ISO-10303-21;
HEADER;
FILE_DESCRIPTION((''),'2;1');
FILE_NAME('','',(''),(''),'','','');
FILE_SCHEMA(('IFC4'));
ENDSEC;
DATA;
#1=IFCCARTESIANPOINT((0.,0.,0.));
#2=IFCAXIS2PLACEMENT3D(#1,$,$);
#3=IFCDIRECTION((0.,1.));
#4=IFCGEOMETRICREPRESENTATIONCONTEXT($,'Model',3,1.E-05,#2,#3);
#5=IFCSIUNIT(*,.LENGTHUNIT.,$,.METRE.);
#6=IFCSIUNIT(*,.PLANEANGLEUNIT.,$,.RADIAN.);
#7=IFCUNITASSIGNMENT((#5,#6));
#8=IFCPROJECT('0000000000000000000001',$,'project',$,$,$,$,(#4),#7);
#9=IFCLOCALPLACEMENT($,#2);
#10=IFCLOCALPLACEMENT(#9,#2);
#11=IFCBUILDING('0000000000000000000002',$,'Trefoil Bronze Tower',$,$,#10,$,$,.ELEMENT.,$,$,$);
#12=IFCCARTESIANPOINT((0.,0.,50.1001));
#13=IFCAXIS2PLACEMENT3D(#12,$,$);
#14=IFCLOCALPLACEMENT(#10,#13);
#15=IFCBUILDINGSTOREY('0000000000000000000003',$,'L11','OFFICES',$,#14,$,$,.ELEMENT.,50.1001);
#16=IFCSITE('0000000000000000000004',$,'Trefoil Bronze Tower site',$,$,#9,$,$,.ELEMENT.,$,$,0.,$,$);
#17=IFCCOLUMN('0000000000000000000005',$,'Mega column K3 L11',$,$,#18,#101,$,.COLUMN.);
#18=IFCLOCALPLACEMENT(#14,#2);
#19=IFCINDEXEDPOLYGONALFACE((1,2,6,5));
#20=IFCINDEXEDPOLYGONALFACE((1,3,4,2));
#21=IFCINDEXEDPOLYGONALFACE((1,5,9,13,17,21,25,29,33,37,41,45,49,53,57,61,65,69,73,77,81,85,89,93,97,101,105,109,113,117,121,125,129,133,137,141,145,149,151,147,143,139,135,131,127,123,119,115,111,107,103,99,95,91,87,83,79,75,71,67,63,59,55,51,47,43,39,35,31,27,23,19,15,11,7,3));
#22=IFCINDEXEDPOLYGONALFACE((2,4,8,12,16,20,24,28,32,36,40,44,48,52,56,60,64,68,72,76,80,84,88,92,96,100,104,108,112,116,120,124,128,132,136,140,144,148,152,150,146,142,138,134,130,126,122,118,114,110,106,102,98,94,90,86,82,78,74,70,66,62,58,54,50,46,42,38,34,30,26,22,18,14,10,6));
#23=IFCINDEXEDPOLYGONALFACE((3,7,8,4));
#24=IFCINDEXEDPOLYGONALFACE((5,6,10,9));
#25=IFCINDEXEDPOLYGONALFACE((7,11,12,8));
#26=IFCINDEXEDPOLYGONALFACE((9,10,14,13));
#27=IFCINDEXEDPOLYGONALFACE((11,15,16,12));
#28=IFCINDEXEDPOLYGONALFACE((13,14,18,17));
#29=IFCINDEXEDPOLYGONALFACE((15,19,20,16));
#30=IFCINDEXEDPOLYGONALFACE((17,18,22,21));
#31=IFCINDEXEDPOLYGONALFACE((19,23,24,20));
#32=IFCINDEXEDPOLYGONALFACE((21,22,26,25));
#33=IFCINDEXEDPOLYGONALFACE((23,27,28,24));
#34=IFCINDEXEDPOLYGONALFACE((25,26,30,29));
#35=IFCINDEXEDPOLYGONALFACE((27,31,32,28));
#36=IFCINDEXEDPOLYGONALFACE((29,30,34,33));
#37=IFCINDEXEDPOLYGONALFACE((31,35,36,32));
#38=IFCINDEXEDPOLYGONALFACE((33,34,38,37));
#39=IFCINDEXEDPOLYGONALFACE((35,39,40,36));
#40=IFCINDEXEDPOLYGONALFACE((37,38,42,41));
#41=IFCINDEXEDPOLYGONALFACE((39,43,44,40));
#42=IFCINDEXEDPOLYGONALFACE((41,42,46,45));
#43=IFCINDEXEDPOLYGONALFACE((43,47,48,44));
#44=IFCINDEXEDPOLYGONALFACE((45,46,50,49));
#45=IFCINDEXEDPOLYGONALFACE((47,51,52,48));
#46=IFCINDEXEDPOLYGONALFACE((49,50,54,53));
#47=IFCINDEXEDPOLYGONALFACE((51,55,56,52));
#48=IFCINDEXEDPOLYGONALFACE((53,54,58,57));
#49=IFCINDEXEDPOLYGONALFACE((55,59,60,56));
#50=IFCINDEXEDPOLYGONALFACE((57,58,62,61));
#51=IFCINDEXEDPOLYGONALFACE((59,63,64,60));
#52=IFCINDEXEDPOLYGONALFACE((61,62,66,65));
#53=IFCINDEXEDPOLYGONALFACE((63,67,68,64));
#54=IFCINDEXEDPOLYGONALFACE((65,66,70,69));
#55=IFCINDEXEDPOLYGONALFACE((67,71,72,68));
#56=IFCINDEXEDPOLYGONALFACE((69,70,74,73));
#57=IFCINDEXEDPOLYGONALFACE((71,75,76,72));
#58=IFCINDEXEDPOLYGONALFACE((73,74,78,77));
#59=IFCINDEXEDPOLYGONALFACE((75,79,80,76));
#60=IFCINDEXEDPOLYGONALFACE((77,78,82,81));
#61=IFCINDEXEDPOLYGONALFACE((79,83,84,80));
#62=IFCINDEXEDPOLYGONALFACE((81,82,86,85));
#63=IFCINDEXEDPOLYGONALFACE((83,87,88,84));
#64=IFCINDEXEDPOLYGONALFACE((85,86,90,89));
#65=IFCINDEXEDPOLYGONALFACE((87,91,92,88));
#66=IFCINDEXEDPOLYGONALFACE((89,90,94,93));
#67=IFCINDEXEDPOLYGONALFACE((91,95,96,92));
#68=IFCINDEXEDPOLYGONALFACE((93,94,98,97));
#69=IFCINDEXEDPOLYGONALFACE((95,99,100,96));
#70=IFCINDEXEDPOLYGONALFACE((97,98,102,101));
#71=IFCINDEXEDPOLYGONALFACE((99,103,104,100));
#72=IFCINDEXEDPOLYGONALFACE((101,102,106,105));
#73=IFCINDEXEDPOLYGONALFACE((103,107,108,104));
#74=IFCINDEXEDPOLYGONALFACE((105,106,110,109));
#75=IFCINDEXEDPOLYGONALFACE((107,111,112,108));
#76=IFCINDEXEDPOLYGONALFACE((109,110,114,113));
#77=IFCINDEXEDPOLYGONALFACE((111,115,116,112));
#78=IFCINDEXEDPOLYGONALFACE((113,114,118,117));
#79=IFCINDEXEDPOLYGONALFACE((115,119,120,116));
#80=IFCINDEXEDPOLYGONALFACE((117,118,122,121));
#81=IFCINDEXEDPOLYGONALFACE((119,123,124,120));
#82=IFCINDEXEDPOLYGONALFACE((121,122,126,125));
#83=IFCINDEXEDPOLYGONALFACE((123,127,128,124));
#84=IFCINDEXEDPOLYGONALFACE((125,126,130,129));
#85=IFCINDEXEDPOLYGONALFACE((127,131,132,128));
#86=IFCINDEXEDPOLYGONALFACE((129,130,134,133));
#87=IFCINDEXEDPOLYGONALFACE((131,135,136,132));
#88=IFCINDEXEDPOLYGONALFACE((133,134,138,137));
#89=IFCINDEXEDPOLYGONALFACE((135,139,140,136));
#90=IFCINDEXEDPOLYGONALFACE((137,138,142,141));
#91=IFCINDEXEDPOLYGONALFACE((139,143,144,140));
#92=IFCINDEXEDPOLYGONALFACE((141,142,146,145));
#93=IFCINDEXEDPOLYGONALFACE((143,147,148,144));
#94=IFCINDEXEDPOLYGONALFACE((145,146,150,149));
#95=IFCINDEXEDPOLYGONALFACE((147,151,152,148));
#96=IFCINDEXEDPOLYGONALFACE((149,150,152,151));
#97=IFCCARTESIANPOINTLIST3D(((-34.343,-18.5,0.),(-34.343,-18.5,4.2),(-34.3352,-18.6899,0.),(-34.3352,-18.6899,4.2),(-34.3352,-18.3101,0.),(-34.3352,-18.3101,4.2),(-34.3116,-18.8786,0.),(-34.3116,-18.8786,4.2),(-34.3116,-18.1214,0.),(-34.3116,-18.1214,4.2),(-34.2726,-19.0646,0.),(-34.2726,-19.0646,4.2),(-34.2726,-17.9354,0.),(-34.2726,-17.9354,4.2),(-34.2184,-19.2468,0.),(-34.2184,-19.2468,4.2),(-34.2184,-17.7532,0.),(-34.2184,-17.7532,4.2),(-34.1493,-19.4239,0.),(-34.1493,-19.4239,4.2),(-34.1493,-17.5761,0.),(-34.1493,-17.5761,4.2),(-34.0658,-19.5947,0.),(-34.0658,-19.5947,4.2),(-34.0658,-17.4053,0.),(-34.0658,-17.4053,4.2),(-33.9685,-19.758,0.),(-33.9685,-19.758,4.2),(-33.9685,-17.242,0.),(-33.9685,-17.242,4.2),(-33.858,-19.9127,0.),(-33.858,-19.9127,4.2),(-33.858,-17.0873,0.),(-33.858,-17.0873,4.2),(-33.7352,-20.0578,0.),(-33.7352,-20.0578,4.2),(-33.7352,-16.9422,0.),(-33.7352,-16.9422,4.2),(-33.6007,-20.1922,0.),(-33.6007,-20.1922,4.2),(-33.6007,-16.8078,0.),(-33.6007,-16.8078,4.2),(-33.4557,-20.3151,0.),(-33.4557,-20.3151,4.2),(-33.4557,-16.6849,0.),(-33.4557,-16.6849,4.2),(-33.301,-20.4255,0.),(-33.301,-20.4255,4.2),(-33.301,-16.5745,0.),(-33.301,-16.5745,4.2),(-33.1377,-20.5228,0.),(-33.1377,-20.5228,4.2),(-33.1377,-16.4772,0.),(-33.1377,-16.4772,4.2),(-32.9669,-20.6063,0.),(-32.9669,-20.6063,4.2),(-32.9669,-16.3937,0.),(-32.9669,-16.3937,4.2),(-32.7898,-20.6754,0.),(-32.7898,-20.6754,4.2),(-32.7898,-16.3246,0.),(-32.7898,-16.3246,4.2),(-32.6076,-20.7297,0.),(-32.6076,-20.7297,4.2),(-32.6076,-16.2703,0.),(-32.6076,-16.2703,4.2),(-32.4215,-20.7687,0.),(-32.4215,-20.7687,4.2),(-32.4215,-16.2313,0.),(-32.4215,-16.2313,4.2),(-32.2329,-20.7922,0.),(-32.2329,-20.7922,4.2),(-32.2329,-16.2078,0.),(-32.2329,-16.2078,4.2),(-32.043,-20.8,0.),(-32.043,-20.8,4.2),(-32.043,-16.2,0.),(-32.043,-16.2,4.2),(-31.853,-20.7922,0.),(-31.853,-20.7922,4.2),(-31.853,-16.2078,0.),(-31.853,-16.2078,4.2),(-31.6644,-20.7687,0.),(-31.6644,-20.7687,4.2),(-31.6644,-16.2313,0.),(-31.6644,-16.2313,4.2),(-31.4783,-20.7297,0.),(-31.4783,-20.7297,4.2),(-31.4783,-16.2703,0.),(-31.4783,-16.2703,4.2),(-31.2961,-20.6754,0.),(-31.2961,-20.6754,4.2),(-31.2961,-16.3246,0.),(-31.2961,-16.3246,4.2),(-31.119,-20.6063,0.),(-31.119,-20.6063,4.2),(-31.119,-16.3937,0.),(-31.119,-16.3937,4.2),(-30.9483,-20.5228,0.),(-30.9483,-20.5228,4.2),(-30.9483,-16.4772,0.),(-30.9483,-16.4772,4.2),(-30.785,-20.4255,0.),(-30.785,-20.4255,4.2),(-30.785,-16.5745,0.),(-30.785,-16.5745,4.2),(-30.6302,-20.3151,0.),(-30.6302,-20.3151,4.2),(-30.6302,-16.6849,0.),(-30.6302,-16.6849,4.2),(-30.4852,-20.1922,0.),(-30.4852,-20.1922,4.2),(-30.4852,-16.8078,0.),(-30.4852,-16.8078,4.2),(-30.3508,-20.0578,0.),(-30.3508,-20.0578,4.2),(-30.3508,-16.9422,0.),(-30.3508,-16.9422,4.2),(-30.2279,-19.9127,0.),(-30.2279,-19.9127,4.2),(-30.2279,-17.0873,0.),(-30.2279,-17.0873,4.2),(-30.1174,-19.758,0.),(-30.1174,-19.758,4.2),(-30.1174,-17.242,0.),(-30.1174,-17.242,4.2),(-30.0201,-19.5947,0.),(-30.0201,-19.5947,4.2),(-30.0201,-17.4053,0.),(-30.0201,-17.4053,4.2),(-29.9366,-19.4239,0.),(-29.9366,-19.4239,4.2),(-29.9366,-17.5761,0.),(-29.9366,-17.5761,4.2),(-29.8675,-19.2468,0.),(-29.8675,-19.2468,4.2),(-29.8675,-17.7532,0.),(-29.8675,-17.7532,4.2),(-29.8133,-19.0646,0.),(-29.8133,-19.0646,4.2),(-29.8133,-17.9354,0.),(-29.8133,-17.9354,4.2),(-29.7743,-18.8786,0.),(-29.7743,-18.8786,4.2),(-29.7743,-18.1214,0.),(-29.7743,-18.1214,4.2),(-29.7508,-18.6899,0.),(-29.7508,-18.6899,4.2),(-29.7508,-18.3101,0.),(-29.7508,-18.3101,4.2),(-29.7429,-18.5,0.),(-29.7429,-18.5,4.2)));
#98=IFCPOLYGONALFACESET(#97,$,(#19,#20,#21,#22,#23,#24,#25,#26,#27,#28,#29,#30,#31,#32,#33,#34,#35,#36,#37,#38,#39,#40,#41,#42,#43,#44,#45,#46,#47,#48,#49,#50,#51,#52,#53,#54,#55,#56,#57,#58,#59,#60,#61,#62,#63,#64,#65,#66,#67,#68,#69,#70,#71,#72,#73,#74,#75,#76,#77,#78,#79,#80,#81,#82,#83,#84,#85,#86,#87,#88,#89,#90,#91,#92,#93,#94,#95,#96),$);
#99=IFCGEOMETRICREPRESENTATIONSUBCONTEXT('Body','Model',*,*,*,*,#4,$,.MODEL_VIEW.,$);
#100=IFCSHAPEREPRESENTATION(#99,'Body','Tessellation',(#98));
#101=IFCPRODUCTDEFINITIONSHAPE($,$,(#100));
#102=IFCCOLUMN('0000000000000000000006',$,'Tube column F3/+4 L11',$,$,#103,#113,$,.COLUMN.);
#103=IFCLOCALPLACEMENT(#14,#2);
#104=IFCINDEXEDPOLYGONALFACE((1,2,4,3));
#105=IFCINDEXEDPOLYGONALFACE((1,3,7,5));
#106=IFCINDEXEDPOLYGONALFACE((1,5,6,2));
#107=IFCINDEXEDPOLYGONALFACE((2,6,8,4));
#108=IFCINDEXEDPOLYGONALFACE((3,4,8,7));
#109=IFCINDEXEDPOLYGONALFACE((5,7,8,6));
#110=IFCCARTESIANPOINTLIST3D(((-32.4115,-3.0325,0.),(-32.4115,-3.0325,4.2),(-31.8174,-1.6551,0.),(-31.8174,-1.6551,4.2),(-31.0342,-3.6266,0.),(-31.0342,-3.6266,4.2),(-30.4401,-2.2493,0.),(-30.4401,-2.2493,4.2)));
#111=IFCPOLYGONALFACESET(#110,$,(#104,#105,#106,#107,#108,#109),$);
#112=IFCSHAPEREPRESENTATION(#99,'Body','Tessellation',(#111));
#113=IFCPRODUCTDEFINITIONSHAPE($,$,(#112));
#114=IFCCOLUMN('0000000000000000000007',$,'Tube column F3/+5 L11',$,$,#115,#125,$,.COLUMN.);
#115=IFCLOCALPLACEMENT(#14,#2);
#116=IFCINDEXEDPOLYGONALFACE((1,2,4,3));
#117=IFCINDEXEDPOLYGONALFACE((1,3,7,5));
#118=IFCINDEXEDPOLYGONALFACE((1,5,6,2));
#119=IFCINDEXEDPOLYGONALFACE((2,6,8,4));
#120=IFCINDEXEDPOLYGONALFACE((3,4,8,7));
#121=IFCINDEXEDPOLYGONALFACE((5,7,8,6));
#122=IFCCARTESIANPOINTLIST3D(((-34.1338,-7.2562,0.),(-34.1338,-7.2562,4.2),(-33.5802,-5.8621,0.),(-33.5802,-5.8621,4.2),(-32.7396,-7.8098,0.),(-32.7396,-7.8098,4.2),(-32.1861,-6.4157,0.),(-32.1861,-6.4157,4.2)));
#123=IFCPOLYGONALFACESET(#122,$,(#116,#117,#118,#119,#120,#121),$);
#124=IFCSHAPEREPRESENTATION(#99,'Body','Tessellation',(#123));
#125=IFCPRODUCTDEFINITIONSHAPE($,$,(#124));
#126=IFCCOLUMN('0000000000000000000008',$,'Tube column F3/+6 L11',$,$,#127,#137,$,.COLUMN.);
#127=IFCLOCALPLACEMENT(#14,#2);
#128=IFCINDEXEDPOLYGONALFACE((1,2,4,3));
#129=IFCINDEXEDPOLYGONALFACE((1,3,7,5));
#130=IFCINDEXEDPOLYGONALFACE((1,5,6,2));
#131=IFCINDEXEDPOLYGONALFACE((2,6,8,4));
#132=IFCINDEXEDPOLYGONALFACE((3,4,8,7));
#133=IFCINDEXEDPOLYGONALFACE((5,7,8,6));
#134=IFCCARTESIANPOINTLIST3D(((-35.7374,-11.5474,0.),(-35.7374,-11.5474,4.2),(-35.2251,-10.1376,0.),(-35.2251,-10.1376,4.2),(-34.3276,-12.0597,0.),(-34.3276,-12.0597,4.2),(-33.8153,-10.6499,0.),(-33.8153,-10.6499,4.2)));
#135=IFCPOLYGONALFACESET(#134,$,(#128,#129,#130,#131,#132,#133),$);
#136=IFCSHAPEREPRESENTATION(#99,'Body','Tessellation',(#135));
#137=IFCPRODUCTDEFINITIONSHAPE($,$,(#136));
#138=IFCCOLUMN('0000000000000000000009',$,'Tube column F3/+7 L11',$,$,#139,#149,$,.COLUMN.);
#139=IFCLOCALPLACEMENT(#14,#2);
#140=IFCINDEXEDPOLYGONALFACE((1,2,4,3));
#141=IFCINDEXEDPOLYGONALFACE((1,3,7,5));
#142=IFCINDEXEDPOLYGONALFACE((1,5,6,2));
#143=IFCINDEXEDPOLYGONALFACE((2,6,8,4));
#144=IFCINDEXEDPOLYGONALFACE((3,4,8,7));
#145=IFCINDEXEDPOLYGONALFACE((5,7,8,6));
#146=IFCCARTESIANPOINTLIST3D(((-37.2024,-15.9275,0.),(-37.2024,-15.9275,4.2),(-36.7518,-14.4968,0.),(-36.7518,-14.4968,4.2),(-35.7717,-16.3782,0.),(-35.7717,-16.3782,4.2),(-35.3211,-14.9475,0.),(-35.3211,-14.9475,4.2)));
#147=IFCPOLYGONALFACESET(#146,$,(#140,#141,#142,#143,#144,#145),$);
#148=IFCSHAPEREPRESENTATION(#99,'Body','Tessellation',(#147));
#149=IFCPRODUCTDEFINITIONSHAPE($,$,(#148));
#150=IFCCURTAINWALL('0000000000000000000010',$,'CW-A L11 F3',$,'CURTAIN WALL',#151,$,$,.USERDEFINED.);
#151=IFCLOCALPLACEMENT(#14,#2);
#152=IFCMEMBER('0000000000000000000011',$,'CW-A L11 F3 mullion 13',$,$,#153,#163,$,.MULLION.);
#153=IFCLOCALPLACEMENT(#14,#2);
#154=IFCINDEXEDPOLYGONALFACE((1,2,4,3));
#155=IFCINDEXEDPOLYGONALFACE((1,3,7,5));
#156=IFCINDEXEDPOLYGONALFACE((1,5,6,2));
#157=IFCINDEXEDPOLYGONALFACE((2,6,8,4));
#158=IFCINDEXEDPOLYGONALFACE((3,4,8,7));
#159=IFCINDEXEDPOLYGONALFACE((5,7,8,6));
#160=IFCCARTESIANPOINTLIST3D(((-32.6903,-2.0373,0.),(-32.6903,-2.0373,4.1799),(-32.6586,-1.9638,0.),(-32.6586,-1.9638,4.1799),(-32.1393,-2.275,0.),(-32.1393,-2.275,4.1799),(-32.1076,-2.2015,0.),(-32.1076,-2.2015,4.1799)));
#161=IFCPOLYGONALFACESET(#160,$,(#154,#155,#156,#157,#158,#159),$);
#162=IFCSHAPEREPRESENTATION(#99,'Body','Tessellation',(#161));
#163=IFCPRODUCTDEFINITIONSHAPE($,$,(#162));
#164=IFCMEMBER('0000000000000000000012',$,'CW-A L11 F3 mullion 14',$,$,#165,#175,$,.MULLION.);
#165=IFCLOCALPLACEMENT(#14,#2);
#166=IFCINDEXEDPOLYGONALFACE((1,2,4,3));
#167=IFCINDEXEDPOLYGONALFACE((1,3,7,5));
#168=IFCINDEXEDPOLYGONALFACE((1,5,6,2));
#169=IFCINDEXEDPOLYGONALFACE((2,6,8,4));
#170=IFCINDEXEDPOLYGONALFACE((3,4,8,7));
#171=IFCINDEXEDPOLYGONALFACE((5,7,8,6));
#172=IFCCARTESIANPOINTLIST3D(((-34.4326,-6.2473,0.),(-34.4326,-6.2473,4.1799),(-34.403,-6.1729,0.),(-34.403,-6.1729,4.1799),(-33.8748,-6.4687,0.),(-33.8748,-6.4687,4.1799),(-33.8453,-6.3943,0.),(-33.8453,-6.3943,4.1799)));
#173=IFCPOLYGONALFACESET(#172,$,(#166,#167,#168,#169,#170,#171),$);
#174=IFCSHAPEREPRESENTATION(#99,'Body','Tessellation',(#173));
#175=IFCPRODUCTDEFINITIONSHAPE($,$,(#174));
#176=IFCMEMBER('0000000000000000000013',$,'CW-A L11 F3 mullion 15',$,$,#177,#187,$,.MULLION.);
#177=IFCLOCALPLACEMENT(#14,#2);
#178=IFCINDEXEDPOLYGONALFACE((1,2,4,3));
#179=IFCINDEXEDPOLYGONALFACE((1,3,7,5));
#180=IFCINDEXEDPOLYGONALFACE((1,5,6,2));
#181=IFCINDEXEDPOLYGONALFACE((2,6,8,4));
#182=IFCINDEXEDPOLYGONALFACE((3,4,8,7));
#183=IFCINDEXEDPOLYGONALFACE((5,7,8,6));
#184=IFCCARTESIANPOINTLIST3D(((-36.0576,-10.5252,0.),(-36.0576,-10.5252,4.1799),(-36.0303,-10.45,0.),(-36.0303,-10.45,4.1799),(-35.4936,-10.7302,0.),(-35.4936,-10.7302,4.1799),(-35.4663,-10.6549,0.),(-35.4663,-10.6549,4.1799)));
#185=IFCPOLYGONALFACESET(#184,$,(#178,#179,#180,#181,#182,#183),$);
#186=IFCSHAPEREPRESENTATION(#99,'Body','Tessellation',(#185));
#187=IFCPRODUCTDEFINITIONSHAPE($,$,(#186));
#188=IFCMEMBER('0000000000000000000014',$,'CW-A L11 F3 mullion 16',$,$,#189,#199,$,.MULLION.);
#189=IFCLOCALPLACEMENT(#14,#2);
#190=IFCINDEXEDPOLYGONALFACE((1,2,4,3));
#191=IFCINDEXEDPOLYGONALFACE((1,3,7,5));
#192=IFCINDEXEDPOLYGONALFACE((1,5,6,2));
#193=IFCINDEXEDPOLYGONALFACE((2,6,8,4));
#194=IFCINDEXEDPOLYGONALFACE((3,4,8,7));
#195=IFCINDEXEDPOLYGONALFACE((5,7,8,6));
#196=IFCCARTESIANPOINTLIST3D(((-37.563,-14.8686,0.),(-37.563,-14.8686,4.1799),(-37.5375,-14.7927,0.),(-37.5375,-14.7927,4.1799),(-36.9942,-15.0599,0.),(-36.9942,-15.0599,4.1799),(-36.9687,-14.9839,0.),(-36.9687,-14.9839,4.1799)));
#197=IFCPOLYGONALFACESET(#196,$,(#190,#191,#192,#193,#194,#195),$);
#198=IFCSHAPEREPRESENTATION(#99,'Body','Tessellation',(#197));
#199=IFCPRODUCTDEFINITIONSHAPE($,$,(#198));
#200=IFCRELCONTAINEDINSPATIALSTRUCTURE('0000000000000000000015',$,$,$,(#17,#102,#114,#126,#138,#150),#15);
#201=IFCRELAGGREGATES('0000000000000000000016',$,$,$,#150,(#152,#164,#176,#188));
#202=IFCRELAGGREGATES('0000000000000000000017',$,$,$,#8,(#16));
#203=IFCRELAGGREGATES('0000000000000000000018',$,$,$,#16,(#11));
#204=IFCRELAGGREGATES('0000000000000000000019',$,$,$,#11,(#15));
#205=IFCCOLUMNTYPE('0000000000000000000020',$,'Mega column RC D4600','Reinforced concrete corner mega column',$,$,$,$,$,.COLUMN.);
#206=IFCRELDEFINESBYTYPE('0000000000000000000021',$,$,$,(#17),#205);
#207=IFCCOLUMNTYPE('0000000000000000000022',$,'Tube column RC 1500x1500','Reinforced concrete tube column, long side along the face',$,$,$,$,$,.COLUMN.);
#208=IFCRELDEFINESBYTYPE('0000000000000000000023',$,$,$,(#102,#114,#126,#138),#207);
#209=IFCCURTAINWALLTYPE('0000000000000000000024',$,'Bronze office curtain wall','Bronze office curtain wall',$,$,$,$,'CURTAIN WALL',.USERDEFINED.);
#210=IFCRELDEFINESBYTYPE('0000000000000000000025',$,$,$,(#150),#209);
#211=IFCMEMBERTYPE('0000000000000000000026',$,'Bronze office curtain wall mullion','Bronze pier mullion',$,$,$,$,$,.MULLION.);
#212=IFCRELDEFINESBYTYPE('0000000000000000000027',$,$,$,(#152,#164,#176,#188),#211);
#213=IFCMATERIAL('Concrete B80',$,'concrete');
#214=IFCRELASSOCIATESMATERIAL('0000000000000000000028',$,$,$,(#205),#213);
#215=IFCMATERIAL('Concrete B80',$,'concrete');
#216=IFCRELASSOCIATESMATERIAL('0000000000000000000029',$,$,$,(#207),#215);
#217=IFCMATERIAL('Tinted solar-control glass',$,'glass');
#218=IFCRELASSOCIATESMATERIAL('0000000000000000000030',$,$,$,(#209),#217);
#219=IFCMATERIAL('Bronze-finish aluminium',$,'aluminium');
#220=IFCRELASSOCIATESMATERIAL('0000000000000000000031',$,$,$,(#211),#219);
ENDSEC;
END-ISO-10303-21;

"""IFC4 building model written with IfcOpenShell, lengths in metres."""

from ifc_helpers import new_model, si_unit, direction, frame, origin, origin_2d, place, context, subcontext, project, spatial, rectangle, circle, extrude, material, material_profile, profile_set, type_object, element, aggregate, save


model = new_model("IFC4")

# Units and contexts
model_context = context("Model", 3, precision=1e-05, world=origin(), true_north=direction((0.0, 1.0)))
body_context = subcontext(model_context, "Body", "Model", "MODEL_VIEW")
ifc_project = project(units=[si_unit("LENGTHUNIT", "METRE"), si_unit("PLANEANGLEUNIT", "RADIAN")], contexts=[model_context])

# Site, building, storey
site_placement = place(None, origin())
site = spatial("IfcSite", under=ifc_project, at=site_placement, Name="Trefoil Bronze Tower site", CompositionType="ELEMENT", RefElevation=0.0)
building_placement = place(site_placement, origin())
building = spatial("IfcBuilding", under=site, at=building_placement, Name="Trefoil Bronze Tower", CompositionType="ELEMENT")
storey_placement = place(building_placement, frame((0.0, 0.0, 50.1001)))
storey = spatial("IfcBuildingStorey", under=building, at=storey_placement, Name="L11", Description="OFFICES", CompositionType="ELEMENT", Elevation=50.1001)

# Columns
ifc_material_1 = material(Name="Concrete B80", Category="concrete")
ifc_material_profile_1 = material_profile(ifc_material_1, circle(Radius=2.3, at=origin_2d()), Name="RC D4600")
ifc_profile_set_1 = profile_set([ifc_material_profile_1], Name="Concrete B80")
column_type_1 = type_object("IfcColumnType", Name="Mega column RC D4600", Description="Reinforced concrete corner mega column", PredefinedType="COLUMN", material=ifc_profile_set_1)
column_placement = place(storey_placement, frame((-32.043, -18.5, 0.0), z_axis=(0.0, 0.0, 1.0), x_axis=(1.0, 0.0, 0.0)))
element("IfcColumn", 1, at=column_placement, inside=storey, type_object=column_type_1, Name="Mega column K3 L11", PredefinedType="COLUMN", context=body_context, shape_type="SweptSolid", body=[
    extrude(circle(Radius=2.3, at=origin_2d()), origin(), (0.0, 0.0, 1.0), 4.2),
])
ifc_material_2 = material(Name="Concrete B80", Category="concrete")
ifc_material_profile_2 = material_profile(ifc_material_2, rectangle(XDim=1.5, YDim=1.5, at=origin_2d()), Name="RC 1500x1500")
ifc_profile_set_2 = profile_set([ifc_material_profile_2], Name="Concrete B80")
column_type_2 = type_object("IfcColumnType", Name="Tube column RC 1500x1500", Description="Reinforced concrete tube column, long side along the face", PredefinedType="COLUMN", material=ifc_profile_set_2)
for number, where, z_axis, x_axis, name in (
    (2, (-31.4258, -2.6409, 0.0), (0.0, 0.0, 1.0), (-0.396085, -0.918214, 0.0), "Tube column F3/+4 L11"),
    (3, (-33.1599, -6.8359, 0.0), (0.0, 0.0, 1.0), (-0.36904, -0.929414, 0.0), "Tube column F3/+5 L11"),
    (4, (-34.7764, -11.0986, 0.0), (0.0, 0.0, 1.0), (-0.341559, -0.93986, 0.0), "Tube column F3/+6 L11"),
    (5, (-36.2617, -15.4375, 0.0), (0.0, 0.0, 1.0), (-0.300414, -0.953809, 0.0), "Tube column F3/+7 L11"),
):
    element("IfcColumn", number, at=place(storey_placement, frame(where, z_axis=z_axis, x_axis=x_axis)), inside=storey, type_object=column_type_2, Name=name, PredefinedType="COLUMN", context=body_context, shape_type="SweptSolid", body=[
        extrude(rectangle(XDim=1.5, YDim=1.5, at=origin_2d()), origin(), (0.0, 0.0, 1.0), 4.2),
    ])

# Curtain wall, members
ifc_material_3 = material(Name="Tinted solar-control glass", Category="glass")
curtain_wall_type_1 = type_object("IfcCurtainWallType", Name="Bronze office curtain wall", Description="Bronze office curtain wall", ElementType="CURTAIN WALL", PredefinedType="USERDEFINED", material=ifc_material_3)
curtain_wall_1_placement = place(storey_placement, origin())
curtain_wall_1 = element("IfcCurtainWall", 6, at=curtain_wall_1_placement, inside=storey, type_object=curtain_wall_type_1, Name="CW-A L11 F3", ObjectType="CURTAIN WALL", PredefinedType="USERDEFINED")
ifc_material_4 = material(Name="Bronze-finish aluminium", Category="aluminium")
ifc_material_profile_3 = material_profile(ifc_material_4, rectangle(XDim=0.6001, YDim=0.0801, at=origin_2d()), Name="CW-A mullion")
ifc_profile_set_3 = profile_set([ifc_material_profile_3], Name="Bronze-finish aluminium")
member_type_1 = type_object("IfcMemberType", Name="Bronze office curtain wall mullion", Description="Bronze pier mullion", PredefinedType="MULLION", material=ifc_profile_set_3)
member_1_placement = place(storey_placement, frame((-32.3989, -2.1194, 0.0), z_axis=(0.0, 0.0, 1.0), x_axis=(0.918214, -0.396085, 0.0)))
member_1 = element("IfcMember", 7, at=member_1_placement, type_object=member_type_1, Name="CW-A L11 F3 mullion 13", PredefinedType="MULLION", context=body_context, shape_type="SweptSolid", body=[
    extrude(rectangle(XDim=0.6001, YDim=0.0801, at=origin_2d()), origin(), (0.0, 0.0, 1.0), 4.1799),
])
member_2_placement = place(storey_placement, frame((-34.1389, -6.3208, 0.0), z_axis=(0.0, 0.0, 1.0), x_axis=(0.929414, -0.36904, 0.0)))
member_2 = element("IfcMember", 8, at=member_2_placement, type_object=member_type_1, Name="CW-A L11 F3 mullion 14", PredefinedType="MULLION", context=body_context, shape_type="SweptSolid", body=[
    extrude(rectangle(XDim=0.6001, YDim=0.0801, at=origin_2d()), origin(), (0.0, 0.0, 1.0), 4.1799),
])
member_3_placement = place(storey_placement, frame((-35.762, -10.5901, 0.0), z_axis=(0.0, 0.0, 1.0), x_axis=(0.93986, -0.341559, 0.0)))
member_3 = element("IfcMember", 9, at=member_3_placement, type_object=member_type_1, Name="CW-A L11 F3 mullion 15", PredefinedType="MULLION", context=body_context, shape_type="SweptSolid", body=[
    extrude(rectangle(XDim=0.6001, YDim=0.0801, at=origin_2d()), origin(), (0.0, 0.0, 1.0), 4.1799),
])
member_4_placement = place(storey_placement, frame((-37.2659, -14.9263, 0.0), z_axis=(0.0, 0.0, 1.0), x_axis=(0.947851, -0.318715, 0.0)))
member_4 = element("IfcMember", 10, at=member_4_placement, type_object=member_type_1, Name="CW-A L11 F3 mullion 16", PredefinedType="MULLION", context=body_context, shape_type="SweptSolid", body=[
    extrude(rectangle(XDim=0.6001, YDim=0.0801, at=origin_2d()), origin(), (0.0, 0.0, 1.0), 4.1799),
])

aggregate(curtain_wall_1, [member_1, member_2, member_3, member_4])

save(model, "model.ifc")
